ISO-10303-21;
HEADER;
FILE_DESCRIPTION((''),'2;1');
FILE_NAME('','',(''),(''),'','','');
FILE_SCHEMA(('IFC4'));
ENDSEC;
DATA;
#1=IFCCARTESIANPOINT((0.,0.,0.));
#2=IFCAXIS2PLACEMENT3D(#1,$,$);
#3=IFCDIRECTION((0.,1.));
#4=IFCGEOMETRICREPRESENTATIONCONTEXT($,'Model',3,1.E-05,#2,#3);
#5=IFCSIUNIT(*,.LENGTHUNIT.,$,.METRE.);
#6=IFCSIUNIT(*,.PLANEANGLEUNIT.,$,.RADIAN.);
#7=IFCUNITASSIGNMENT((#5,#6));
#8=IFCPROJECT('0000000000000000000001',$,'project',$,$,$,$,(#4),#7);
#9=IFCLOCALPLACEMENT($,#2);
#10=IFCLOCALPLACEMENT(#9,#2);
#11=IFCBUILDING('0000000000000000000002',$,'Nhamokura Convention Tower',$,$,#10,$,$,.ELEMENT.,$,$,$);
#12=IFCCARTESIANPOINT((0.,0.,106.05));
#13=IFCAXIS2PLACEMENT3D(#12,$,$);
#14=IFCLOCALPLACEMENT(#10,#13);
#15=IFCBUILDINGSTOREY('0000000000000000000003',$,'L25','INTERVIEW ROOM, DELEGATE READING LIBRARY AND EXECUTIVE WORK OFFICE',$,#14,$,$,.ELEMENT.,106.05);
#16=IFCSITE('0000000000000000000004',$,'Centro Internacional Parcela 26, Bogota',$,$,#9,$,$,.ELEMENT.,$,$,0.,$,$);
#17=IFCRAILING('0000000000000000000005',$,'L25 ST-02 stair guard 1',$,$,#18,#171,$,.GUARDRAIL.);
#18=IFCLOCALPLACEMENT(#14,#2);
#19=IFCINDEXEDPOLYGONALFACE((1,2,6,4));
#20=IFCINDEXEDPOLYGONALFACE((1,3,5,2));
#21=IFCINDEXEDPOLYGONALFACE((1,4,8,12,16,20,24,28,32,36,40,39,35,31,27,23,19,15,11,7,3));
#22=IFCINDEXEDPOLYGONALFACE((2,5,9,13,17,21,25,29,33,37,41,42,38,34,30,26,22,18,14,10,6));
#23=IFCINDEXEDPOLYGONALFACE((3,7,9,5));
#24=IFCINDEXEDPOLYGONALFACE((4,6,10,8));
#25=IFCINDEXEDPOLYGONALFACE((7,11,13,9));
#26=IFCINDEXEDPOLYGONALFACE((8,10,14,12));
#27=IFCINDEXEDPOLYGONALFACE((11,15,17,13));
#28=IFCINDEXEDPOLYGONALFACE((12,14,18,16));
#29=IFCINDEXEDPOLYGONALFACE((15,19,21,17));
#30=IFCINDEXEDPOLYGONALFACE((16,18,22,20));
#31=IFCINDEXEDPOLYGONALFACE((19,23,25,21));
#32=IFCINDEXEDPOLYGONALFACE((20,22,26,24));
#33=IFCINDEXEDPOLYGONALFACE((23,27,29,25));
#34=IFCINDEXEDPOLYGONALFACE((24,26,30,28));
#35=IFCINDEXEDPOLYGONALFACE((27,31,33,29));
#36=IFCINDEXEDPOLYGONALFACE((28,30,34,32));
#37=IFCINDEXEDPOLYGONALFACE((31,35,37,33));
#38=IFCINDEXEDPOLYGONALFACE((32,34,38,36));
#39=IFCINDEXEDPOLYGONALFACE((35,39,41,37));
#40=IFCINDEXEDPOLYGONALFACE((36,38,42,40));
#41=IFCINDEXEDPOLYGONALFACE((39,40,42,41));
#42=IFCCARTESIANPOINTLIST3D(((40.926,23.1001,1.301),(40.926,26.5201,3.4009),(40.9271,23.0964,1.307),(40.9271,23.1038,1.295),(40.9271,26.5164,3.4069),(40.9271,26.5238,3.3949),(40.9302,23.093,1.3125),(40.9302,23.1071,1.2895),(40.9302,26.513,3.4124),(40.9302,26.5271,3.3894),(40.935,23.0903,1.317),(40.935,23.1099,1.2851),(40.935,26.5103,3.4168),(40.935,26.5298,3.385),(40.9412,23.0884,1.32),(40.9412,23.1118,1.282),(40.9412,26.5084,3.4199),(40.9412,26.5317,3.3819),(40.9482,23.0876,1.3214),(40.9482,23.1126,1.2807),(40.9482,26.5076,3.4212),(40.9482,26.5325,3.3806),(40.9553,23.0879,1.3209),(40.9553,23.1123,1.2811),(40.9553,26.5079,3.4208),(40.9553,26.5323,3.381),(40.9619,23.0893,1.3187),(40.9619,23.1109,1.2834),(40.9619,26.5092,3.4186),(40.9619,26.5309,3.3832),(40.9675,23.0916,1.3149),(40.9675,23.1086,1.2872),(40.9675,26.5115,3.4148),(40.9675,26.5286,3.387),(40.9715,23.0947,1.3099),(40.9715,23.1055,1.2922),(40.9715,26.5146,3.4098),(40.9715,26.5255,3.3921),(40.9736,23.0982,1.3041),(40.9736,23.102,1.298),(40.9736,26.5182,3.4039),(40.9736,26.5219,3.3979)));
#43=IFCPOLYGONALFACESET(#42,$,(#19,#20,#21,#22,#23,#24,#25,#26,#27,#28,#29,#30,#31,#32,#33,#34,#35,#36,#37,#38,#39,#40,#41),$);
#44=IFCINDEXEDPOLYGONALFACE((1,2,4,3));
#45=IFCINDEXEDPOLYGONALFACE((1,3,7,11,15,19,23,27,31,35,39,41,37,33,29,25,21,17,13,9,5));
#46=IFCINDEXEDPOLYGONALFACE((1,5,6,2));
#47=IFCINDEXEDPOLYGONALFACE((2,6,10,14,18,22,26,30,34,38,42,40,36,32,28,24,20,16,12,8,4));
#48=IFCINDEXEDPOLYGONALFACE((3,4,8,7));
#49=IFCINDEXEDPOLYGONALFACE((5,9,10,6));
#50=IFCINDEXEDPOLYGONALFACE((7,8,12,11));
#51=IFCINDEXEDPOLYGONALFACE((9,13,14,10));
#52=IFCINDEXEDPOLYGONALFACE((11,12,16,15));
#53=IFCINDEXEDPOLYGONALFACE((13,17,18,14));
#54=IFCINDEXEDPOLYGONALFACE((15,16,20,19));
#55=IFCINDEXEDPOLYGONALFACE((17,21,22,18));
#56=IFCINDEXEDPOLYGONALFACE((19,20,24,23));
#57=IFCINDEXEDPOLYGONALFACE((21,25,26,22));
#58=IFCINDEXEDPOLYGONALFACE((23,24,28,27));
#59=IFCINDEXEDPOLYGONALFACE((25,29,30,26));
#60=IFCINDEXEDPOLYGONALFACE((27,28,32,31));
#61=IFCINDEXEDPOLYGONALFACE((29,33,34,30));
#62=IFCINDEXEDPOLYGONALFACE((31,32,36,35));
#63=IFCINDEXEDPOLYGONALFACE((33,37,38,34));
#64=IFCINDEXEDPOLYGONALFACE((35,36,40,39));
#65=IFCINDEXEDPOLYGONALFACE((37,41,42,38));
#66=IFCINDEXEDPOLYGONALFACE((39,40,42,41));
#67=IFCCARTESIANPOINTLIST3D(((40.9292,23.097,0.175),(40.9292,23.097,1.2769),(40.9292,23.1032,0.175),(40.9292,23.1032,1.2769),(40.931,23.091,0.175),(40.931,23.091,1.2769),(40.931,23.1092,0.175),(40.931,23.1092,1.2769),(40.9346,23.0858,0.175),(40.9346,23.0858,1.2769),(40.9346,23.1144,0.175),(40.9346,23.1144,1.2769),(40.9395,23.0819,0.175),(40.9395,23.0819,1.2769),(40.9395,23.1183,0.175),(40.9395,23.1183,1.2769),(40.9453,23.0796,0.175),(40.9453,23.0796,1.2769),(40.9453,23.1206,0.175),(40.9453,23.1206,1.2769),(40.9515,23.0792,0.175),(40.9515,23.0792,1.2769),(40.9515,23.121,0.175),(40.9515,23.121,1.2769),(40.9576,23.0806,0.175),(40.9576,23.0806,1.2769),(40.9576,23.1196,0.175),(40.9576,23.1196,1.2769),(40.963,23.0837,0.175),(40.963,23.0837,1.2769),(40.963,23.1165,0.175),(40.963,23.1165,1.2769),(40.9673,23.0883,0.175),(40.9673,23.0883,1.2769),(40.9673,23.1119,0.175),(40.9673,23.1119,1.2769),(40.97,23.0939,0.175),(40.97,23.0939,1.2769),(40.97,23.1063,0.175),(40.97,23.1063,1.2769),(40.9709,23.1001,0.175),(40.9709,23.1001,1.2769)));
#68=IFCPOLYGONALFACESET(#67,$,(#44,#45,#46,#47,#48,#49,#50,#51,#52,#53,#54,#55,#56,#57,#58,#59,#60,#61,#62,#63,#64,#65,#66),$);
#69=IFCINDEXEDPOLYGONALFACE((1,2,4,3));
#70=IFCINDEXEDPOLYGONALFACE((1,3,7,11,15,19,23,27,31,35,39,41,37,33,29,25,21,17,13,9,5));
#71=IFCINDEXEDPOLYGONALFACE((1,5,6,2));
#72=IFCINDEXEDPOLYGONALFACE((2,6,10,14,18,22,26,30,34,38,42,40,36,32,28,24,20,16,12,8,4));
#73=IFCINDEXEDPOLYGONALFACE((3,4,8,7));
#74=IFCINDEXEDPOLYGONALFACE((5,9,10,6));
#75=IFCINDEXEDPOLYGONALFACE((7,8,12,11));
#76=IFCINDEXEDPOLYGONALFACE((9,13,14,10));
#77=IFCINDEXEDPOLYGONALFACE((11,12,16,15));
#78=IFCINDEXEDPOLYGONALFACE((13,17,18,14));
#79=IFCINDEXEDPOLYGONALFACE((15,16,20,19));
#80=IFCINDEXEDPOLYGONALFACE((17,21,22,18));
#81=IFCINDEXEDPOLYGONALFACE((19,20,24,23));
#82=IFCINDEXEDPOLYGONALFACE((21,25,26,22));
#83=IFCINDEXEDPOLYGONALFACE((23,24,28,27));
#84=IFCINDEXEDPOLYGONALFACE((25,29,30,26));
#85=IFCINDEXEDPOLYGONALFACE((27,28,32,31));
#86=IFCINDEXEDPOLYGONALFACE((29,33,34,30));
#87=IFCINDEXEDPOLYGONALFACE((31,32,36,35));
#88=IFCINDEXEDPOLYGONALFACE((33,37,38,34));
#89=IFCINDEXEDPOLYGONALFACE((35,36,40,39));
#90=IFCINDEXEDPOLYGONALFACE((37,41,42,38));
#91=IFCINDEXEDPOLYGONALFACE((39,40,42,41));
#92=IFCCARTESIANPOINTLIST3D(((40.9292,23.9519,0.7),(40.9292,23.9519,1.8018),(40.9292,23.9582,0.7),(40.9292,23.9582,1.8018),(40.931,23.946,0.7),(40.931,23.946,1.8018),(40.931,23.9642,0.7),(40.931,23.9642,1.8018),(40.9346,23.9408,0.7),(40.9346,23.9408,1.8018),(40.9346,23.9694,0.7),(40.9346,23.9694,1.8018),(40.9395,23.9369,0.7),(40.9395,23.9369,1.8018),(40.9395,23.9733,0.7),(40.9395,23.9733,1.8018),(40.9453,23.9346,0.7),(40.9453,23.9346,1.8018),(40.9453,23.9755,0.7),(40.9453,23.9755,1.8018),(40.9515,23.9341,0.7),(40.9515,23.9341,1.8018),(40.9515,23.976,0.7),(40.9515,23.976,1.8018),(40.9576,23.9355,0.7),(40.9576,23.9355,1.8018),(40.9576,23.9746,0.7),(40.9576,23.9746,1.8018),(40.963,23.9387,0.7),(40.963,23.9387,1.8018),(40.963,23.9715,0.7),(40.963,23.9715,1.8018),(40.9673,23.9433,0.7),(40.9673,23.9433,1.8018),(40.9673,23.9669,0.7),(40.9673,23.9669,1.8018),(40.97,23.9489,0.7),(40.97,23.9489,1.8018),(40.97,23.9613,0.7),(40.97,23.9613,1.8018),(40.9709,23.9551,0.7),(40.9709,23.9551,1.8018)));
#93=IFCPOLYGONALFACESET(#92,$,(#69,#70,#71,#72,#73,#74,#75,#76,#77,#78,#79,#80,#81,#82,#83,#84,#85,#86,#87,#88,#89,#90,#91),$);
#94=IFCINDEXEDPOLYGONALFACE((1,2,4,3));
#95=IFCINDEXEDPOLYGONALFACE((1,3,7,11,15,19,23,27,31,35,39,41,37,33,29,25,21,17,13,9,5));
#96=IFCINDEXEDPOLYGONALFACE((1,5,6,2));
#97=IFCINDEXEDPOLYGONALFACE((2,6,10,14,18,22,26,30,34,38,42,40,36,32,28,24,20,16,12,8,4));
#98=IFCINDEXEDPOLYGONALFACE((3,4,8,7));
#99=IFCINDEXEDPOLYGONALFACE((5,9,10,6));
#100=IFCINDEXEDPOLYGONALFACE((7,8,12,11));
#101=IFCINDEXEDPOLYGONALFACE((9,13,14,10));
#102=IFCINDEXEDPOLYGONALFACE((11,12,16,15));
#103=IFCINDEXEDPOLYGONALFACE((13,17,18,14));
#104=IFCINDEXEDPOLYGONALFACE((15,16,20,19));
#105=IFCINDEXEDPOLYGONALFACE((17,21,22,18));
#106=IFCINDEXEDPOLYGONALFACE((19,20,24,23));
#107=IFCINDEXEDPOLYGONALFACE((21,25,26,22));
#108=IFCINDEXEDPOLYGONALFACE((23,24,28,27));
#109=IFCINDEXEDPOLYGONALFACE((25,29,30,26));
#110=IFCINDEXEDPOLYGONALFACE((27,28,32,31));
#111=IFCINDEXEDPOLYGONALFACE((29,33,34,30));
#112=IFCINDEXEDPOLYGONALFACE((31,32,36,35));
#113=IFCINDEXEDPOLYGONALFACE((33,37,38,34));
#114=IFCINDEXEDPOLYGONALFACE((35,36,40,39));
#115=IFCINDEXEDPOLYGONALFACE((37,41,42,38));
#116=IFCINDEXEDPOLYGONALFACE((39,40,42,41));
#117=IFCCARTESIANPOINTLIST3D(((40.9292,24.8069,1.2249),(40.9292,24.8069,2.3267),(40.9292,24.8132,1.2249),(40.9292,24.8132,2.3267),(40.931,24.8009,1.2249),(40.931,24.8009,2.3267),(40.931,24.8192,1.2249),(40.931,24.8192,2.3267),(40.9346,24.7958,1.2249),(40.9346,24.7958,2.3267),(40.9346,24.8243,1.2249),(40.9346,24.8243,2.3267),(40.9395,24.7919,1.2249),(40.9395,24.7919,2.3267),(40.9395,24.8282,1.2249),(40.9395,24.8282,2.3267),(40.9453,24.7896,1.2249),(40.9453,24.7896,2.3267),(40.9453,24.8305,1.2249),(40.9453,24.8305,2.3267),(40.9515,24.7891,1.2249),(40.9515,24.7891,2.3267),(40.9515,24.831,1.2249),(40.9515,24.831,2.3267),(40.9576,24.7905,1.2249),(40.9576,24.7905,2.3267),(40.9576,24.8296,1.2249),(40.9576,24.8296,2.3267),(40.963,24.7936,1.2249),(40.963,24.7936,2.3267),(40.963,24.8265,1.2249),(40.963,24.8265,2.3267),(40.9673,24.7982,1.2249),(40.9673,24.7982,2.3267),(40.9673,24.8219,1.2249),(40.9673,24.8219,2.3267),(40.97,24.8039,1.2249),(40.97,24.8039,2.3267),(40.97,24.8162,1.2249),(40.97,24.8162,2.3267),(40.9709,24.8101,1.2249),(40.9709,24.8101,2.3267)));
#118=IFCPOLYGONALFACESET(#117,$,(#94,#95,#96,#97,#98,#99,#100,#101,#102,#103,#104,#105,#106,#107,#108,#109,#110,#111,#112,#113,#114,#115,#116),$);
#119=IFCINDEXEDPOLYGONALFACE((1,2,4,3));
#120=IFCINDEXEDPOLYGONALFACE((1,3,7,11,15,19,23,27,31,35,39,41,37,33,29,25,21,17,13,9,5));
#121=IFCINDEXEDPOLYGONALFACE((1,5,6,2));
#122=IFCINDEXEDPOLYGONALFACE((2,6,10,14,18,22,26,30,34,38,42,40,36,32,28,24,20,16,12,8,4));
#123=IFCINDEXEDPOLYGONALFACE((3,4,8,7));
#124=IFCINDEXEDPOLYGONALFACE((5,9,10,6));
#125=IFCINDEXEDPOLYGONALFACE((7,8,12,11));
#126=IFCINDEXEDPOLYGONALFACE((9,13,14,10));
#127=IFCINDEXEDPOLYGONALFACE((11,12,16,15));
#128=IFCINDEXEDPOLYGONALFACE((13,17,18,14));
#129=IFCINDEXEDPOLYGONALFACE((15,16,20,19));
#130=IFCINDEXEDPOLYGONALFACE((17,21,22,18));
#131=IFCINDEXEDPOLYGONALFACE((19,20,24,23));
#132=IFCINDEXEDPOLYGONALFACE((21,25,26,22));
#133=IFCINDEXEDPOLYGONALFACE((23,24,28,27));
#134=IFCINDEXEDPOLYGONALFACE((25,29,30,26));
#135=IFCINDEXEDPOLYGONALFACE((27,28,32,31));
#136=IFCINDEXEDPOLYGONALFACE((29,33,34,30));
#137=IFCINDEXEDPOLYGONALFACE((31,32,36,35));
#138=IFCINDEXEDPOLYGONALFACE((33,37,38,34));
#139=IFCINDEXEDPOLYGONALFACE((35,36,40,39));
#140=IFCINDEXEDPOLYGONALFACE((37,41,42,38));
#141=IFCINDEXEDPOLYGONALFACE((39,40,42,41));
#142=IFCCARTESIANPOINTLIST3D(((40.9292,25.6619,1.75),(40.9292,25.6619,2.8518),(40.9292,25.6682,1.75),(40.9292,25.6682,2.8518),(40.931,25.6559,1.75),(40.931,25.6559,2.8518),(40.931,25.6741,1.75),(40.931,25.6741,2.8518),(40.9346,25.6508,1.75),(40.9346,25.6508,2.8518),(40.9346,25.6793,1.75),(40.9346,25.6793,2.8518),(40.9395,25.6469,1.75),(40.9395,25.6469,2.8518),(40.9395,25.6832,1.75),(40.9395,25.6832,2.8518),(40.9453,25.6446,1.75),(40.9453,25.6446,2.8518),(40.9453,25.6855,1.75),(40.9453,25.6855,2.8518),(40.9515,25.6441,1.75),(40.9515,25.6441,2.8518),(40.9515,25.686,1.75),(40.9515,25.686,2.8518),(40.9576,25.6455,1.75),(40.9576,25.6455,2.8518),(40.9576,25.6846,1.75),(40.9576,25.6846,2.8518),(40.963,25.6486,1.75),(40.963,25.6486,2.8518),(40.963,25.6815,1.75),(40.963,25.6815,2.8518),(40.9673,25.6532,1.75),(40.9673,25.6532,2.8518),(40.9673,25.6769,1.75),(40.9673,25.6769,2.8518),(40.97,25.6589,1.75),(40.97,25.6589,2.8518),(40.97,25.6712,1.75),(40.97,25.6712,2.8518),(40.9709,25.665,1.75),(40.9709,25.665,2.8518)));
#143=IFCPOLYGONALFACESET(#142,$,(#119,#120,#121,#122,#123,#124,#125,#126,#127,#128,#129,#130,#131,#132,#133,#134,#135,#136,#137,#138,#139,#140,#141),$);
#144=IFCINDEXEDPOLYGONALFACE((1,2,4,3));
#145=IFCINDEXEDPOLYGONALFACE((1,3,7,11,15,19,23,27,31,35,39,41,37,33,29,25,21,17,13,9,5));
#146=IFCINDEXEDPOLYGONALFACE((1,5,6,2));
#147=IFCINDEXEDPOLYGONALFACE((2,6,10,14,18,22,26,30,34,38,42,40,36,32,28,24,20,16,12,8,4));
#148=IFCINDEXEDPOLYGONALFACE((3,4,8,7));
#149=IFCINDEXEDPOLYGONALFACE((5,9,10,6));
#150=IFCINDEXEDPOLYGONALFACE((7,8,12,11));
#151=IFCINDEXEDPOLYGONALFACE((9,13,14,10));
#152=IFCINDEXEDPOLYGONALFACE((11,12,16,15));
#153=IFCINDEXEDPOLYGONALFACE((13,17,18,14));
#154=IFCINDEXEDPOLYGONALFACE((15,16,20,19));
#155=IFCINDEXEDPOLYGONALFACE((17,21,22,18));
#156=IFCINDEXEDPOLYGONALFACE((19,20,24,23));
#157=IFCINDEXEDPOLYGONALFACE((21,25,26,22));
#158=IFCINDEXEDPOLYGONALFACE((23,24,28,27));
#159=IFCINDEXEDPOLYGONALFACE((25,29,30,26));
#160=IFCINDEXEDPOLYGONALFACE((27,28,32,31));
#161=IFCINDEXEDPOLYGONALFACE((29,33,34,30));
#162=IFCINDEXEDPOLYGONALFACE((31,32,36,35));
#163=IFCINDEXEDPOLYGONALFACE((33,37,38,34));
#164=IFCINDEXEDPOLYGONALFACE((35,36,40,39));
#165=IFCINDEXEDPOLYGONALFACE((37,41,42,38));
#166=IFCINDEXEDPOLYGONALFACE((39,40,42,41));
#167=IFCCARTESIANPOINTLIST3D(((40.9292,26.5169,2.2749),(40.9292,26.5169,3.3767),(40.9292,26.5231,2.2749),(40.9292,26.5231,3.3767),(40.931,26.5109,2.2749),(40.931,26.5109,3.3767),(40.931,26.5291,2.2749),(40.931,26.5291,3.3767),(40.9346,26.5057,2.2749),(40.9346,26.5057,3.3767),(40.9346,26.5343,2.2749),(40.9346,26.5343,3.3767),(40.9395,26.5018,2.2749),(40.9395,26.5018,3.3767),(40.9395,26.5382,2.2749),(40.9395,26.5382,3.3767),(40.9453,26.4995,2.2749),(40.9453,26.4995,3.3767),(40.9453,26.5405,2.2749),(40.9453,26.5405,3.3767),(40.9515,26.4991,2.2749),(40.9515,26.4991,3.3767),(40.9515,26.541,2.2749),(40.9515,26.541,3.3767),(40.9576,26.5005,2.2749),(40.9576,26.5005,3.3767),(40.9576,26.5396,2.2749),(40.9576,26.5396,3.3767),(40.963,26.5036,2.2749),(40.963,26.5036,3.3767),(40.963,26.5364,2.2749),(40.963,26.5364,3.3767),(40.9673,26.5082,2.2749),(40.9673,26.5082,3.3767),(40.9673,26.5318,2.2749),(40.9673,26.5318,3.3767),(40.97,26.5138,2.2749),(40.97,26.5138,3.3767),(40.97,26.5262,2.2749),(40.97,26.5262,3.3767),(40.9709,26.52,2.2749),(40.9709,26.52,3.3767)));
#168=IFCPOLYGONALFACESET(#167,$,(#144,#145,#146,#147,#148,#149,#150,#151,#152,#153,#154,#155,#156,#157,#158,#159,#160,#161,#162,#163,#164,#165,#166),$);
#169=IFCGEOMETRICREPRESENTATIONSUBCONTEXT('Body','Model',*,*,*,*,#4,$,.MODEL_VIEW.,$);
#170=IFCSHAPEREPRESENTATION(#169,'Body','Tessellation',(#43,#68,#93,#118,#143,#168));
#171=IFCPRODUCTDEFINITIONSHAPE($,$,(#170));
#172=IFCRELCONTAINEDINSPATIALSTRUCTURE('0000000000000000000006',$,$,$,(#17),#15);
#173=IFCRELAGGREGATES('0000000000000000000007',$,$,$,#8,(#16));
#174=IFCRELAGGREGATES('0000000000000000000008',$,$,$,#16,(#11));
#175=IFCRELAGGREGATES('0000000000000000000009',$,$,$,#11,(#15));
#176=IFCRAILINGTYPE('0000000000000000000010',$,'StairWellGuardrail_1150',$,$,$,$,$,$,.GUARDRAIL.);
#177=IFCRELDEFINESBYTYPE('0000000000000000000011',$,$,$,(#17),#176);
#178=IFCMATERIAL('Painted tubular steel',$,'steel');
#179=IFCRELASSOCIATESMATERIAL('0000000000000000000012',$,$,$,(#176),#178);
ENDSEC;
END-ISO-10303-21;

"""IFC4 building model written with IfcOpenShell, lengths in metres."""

from ifc_helpers import new_model, si_unit, direction, frame, origin, origin_2d, place, context, subcontext, project, spatial, circle, extrude, material, type_object, element, save


model = new_model("IFC4")

# Units and contexts
model_context = context("Model", 3, precision=1e-05, world=origin(), true_north=direction((0.0, 1.0)))
body_context = subcontext(model_context, "Body", "Model", "MODEL_VIEW")
ifc_project = project(units=[si_unit("LENGTHUNIT", "METRE"), si_unit("PLANEANGLEUNIT", "RADIAN")], contexts=[model_context])

# Site, building, storey
site_placement = place(None, origin())
site = spatial("IfcSite", under=ifc_project, at=site_placement, Name="Centro Internacional Parcela 26, Bogota", CompositionType="ELEMENT", RefElevation=0.0)
building_placement = place(site_placement, origin())
building = spatial("IfcBuilding", under=site, at=building_placement, Name="Nhamokura Convention Tower", CompositionType="ELEMENT")
storey_placement = place(building_placement, frame((0.0, 0.0, 106.05)))
storey = spatial("IfcBuildingStorey", under=building, at=storey_placement, Name="L25", Description="INTERVIEW ROOM, DELEGATE READING LIBRARY AND EXECUTIVE WORK OFFICE", CompositionType="ELEMENT", Elevation=106.05)

# Railing
ifc_material_1 = material(Name="Painted tubular steel", Category="steel")
railing_type_1 = type_object("IfcRailingType", Name="StairWellGuardrail_1150", PredefinedType="GUARDRAIL", material=ifc_material_1)
railing_1_placement = place(storey_placement, frame((40.95, 23.1001, 0.175)))
element("IfcRailing", 1, at=railing_1_placement, inside=storey, type_object=railing_type_1, Name="L25 ST-02 stair guard 1", PredefinedType="GUARDRAIL", context=body_context, shape_type="SweptSolid", body=[
    extrude(circle(Radius=0.0239, at=origin_2d()), frame((0.0, 0.0, 1.126), z_axis=(0.0, 0.852182, 0.523245), x_axis=(-1.0, 0.0, 0.0)), (0.0, 0.0, 1.0), 4.0132),
    extrude(circle(Radius=0.021, at=origin_2d()), origin(), (0.0, 0.0, 1.0), 1.1018),
    extrude(circle(Radius=0.021, at=origin_2d()), frame((0.0, 0.855, 0.5249)), (0.0, 0.0, 1.0), 1.1018),
    extrude(circle(Radius=0.021, at=origin_2d()), frame((0.0, 1.71, 1.0498)), (0.0, 0.0, 1.0), 1.1018),
    extrude(circle(Radius=0.021, at=origin_2d()), frame((0.0, 2.5649, 1.575)), (0.0, 0.0, 1.0), 1.1018),
    extrude(circle(Radius=0.021, at=origin_2d()), frame((0.0, 3.4199, 2.0999)), (0.0, 0.0, 1.0), 1.1018),
])

save(model, "model.ifc")
